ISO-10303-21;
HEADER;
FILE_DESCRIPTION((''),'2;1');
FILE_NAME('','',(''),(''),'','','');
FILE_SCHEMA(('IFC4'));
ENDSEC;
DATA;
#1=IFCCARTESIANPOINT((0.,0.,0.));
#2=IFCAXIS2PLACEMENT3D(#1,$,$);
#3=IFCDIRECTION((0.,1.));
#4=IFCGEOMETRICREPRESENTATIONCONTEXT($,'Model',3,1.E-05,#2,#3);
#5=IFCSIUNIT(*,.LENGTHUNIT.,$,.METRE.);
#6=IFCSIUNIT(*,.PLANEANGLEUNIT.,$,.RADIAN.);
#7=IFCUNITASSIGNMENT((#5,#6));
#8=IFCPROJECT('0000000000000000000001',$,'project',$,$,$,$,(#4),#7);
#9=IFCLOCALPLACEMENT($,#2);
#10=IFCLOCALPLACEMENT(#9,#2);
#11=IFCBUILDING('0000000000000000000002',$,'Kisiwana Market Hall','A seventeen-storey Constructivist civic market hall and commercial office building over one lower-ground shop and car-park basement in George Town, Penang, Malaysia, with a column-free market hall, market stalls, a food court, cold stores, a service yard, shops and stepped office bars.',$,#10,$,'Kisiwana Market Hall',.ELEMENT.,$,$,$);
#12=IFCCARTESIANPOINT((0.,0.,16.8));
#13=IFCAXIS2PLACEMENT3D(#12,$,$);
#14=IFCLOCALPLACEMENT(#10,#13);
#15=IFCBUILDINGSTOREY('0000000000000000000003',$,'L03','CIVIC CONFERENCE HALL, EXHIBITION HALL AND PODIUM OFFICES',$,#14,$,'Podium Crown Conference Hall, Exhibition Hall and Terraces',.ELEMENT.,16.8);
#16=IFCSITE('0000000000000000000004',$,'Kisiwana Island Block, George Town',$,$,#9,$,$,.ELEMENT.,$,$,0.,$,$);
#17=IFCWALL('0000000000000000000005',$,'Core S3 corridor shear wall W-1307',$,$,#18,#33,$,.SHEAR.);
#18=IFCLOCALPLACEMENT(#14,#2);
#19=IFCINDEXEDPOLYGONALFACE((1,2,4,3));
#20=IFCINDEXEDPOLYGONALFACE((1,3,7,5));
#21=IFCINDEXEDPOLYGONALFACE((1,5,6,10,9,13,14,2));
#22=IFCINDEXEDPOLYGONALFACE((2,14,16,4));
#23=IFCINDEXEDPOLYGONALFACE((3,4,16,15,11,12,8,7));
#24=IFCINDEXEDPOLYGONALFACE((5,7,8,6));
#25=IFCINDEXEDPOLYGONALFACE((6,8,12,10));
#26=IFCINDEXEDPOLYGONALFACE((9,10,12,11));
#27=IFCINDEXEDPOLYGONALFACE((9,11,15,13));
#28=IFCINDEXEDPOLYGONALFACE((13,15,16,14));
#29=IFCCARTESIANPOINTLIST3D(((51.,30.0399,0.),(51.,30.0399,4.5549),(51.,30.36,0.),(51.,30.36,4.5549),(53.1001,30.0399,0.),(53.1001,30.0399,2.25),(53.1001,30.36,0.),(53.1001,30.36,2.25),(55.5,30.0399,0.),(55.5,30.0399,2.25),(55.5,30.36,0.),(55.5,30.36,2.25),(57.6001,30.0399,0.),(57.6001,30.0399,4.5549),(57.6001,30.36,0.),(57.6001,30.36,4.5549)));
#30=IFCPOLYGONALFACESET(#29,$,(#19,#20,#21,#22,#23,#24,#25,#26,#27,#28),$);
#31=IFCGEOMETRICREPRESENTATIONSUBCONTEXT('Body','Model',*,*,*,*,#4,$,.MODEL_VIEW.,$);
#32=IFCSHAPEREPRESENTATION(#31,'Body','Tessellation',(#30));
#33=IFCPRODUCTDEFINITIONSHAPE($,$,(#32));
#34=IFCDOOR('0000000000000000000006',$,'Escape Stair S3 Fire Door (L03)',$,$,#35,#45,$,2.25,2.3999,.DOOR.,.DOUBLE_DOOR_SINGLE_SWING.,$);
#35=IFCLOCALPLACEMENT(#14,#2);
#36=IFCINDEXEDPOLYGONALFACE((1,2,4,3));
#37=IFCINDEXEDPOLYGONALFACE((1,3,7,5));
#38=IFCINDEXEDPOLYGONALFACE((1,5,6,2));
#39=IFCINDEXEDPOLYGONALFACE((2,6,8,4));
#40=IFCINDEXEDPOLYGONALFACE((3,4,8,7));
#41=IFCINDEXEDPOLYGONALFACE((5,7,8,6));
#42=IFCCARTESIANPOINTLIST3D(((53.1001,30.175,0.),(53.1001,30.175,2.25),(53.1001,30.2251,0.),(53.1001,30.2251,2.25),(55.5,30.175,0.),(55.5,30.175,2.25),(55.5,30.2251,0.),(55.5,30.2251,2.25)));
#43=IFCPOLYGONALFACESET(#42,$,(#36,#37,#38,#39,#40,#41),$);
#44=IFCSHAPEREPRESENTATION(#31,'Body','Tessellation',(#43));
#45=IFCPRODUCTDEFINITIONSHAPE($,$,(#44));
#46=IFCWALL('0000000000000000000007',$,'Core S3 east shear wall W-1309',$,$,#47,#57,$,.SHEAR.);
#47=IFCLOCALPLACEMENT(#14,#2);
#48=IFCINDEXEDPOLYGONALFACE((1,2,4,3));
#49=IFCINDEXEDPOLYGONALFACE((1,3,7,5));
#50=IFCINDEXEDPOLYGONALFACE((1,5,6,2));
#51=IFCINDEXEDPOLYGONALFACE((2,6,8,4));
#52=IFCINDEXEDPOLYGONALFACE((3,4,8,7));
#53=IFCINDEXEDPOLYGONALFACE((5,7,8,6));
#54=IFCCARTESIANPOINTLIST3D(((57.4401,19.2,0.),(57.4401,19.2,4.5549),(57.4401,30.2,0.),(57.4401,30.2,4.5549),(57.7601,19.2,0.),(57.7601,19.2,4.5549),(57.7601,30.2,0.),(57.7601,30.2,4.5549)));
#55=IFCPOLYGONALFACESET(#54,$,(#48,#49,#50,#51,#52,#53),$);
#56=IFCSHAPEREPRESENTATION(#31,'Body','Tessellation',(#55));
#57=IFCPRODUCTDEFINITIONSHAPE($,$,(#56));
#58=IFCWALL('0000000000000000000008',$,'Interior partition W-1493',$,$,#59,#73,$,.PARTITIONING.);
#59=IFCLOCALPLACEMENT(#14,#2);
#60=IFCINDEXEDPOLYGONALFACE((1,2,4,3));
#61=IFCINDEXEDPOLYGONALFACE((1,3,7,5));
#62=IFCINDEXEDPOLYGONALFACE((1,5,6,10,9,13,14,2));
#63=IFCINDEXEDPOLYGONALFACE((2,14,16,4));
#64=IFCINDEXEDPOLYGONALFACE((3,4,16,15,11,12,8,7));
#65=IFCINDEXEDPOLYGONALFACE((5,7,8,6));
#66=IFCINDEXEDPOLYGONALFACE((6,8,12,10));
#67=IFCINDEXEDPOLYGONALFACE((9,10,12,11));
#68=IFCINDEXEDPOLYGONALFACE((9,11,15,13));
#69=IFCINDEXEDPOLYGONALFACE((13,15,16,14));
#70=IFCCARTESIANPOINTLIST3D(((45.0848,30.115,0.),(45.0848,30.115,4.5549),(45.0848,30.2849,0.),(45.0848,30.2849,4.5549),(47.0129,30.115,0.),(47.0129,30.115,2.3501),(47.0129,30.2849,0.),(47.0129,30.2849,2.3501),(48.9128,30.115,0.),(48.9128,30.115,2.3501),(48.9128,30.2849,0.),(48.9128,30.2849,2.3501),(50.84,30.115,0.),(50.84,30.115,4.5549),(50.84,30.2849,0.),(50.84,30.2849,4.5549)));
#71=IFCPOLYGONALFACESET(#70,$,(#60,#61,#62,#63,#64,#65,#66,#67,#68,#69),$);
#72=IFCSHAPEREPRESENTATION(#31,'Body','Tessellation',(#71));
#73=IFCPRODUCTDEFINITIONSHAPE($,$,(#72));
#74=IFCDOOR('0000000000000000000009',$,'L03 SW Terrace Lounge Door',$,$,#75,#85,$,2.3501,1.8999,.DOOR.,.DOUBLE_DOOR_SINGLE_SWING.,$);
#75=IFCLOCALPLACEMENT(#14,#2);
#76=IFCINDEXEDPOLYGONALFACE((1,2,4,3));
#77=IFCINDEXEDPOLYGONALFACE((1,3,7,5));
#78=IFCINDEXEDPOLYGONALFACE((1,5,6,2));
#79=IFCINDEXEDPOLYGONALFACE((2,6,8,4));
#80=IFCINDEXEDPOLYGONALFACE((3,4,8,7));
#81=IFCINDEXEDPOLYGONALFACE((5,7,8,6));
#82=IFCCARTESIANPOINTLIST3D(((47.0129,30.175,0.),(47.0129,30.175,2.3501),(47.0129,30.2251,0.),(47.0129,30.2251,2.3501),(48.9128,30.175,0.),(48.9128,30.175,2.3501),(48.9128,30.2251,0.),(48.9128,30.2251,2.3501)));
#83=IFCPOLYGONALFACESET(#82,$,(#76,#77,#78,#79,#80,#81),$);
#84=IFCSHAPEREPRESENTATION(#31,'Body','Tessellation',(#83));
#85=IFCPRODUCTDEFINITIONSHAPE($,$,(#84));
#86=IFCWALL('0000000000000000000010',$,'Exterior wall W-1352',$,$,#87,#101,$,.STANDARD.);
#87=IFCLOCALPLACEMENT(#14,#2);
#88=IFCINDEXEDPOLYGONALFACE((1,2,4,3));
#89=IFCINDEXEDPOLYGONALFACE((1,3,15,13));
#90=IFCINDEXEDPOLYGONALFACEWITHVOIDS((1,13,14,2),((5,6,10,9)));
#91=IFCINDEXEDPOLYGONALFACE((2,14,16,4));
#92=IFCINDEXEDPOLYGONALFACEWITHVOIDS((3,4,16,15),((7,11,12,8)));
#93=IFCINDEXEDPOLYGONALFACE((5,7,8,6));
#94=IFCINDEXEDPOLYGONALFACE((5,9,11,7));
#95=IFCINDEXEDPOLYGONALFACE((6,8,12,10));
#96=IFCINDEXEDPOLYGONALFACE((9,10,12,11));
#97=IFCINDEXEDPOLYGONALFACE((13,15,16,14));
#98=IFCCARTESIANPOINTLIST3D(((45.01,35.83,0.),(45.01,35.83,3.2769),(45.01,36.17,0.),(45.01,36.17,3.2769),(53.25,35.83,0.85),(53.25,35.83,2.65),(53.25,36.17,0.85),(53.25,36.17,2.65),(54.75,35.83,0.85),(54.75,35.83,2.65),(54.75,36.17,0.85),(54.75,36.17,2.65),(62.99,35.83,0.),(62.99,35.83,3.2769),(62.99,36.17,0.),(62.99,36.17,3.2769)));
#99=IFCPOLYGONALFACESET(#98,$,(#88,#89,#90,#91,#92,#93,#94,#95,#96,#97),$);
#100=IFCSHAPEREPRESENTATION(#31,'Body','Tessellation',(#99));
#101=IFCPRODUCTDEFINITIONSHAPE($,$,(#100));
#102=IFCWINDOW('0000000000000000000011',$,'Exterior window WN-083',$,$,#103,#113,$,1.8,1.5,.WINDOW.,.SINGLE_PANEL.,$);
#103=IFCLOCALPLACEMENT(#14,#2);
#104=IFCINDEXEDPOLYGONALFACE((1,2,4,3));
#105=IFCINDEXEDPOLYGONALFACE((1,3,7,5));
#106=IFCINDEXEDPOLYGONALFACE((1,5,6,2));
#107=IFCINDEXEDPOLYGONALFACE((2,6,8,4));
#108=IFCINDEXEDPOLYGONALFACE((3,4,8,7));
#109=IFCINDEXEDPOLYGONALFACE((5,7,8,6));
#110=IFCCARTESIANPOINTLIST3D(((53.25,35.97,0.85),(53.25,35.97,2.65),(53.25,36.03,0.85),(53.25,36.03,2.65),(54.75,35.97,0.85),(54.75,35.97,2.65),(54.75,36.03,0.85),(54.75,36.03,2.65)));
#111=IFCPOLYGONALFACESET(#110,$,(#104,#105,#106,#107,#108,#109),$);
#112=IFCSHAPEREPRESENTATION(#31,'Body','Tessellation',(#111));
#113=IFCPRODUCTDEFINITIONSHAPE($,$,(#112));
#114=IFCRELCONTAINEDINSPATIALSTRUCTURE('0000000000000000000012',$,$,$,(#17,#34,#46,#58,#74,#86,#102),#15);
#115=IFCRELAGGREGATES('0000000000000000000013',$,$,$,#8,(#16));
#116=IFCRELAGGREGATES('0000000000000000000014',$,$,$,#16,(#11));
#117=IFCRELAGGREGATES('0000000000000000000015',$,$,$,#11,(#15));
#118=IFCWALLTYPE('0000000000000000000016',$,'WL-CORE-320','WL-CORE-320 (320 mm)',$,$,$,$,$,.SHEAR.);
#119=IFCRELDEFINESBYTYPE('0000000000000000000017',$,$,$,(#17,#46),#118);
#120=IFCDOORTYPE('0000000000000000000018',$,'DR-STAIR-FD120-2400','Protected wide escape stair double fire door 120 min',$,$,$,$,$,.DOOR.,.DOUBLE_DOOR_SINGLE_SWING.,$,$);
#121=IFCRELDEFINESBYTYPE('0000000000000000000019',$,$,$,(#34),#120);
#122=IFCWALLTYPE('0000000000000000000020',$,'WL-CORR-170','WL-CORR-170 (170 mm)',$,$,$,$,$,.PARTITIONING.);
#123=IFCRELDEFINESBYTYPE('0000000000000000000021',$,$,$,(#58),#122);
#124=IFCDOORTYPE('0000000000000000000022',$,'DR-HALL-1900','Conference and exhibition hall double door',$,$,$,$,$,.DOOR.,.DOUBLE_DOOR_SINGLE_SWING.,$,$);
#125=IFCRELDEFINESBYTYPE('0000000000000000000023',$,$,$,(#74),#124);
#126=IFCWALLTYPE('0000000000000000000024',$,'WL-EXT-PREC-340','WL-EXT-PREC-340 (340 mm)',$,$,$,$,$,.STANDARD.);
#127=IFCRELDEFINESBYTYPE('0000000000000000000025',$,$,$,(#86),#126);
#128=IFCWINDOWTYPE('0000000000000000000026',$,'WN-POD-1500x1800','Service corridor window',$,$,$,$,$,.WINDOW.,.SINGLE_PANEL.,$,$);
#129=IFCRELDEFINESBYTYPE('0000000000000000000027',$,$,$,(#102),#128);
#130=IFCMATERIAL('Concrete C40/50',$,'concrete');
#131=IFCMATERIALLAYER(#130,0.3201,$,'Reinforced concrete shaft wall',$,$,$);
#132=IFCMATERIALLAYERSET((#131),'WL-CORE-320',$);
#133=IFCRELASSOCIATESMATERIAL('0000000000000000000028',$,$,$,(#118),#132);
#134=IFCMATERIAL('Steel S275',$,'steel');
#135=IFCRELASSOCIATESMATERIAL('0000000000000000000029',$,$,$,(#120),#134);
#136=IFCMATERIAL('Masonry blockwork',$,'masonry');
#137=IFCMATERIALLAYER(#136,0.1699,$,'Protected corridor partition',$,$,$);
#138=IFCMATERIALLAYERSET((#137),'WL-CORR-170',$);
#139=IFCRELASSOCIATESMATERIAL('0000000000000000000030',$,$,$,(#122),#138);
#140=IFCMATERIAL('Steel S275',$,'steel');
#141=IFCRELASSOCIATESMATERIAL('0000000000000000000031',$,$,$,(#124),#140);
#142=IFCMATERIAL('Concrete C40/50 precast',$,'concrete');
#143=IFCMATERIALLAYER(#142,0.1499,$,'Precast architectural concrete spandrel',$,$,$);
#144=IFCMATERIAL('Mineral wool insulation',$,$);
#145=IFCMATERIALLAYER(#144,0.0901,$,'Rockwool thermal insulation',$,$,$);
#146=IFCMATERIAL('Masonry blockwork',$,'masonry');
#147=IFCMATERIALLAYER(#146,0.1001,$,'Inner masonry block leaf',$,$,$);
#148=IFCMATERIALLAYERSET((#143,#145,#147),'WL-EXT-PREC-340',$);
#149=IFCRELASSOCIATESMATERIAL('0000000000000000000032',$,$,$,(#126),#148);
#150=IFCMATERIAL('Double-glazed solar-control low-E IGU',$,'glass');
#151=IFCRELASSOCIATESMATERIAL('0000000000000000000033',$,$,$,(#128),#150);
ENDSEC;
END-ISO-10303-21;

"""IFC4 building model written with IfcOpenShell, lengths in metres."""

from ifc_helpers import new_model, si_unit, direction, frame, frame_2d, origin, place, context, subcontext, project, spatial, rectangle, extrude, material, layer, layer_set, type_object, element, fill, save


model = new_model("IFC4")

# Units and contexts
model_context = context("Model", 3, precision=1e-05, world=origin(), true_north=direction((0.0, 1.0)))
body_context = subcontext(model_context, "Body", "Model", "MODEL_VIEW")
ifc_project = project(units=[si_unit("LENGTHUNIT", "METRE"), si_unit("PLANEANGLEUNIT", "RADIAN")], contexts=[model_context])

# Site, building, storey
site_placement = place(None, origin())
site = spatial("IfcSite", under=ifc_project, at=site_placement, Name="Kisiwana Island Block, George Town", CompositionType="ELEMENT", RefElevation=0.0)
building_placement = place(site_placement, origin())
building = spatial("IfcBuilding", under=site, at=building_placement, Name="Kisiwana Market Hall", Description="A seventeen-storey Constructivist civic market hall and commercial office building over one lower-ground shop and car-park basement in George Town, Penang, Malaysia, with a column-free market hall, market stalls, a food court, cold stores, a service yard, shops and stepped office bars.", LongName="Kisiwana Market Hall", CompositionType="ELEMENT")
storey_placement = place(building_placement, frame((0.0, 0.0, 16.8)))
storey = spatial("IfcBuildingStorey", under=building, at=storey_placement, Name="L03", Description="CIVIC CONFERENCE HALL, EXHIBITION HALL AND PODIUM OFFICES", LongName="Podium Crown Conference Hall, Exhibition Hall and Terraces", CompositionType="ELEMENT", Elevation=16.8)

# Wall, opening, door
ifc_material_1 = material(Name="Concrete C40/50", Category="concrete")
ifc_layer_1 = layer(ifc_material_1, 0.3201, Name="Reinforced concrete shaft wall")
ifc_layer_set_1 = layer_set([ifc_layer_1], Name="WL-CORE-320")
wall_type_1 = type_object("IfcWallType", Name="WL-CORE-320", Description="WL-CORE-320 (320 mm)", PredefinedType="SHEAR", material=ifc_layer_set_1)
wall_1_placement = place(storey_placement, frame((51.0, 30.2, 0.0), z_axis=(0.0, 0.0, 1.0), x_axis=(1.0, 0.0, 0.0)))
wall_1 = element("IfcWall", 1, at=wall_1_placement, inside=storey, type_object=wall_type_1, Name="Core S3 corridor shear wall W-1307", PredefinedType="SHEAR", context=body_context, shape_type="SweptSolid", body=[
    extrude(rectangle(XDim=6.6001, YDim=0.3201, at=frame_2d((3.3, 0.0))), origin(), (0.0, 0.0, 1.0), 4.5549),
])
opening_1_placement = place(wall_1_placement, frame((2.1001, 0.0, 0.0)))
opening_1 = element("IfcOpeningElement", 2, at=opening_1_placement, cuts=wall_1, PredefinedType="OPENING", context=body_context, shape_type="SweptSolid", body=[
    extrude(rectangle(XDim=2.3999, YDim=2.25, at=frame_2d((1.2, 1.125))), frame((0.0, 0.1719, 0.0), z_axis=(0.0, -1.0, 0.0), x_axis=(1.0, 0.0, 0.0)), (0.0, 0.0, 1.0), 0.344),
])
ifc_material_2 = material(Name="Steel S275", Category="steel")
door_type_1 = type_object("IfcDoorType", Name="DR-STAIR-FD120-2400", Description="Protected wide escape stair double fire door 120 min", OperationType="DOUBLE_DOOR_SINGLE_SWING", PredefinedType="DOOR", material=ifc_material_2)
door_1_placement = place(opening_1_placement, frame((2.3999, 0.0, 0.0), z_axis=(0.0, 0.0, 1.0), x_axis=(-1.0, 0.0, 0.0)))
door_1 = element("IfcDoor", 3, at=door_1_placement, inside=storey, type_object=door_type_1, Name="Escape Stair S3 Fire Door (L03)", OperationType="DOUBLE_DOOR_SINGLE_SWING", OverallHeight=2.25, OverallWidth=2.3999, PredefinedType="DOOR", context=body_context, shape_type="SweptSolid", body=[
    extrude(rectangle(XDim=2.3999, YDim=2.25, at=frame_2d((1.2, 1.125))), frame((0.0, 0.0249, 0.0), z_axis=(0.0, -1.0, 0.0), x_axis=(1.0, 0.0, 0.0)), (0.0, 0.0, 1.0), 0.05),
])
fill(opening_1, door_1)

# Wall
wall_2_placement = place(storey_placement, frame((57.6001, 19.2, 0.0), z_axis=(0.0, 0.0, 1.0), x_axis=(0.0, 1.0, 0.0)))
element("IfcWall", 4, at=wall_2_placement, inside=storey, type_object=wall_type_1, Name="Core S3 east shear wall W-1309", PredefinedType="SHEAR", context=body_context, shape_type="SweptSolid", body=[
    extrude(rectangle(XDim=11.0, YDim=0.3201, at=frame_2d((5.5, 0.0))), origin(), (0.0, 0.0, 1.0), 4.5549),
])

# Wall, opening, door
ifc_material_3 = material(Name="Masonry blockwork", Category="masonry")
ifc_layer_2 = layer(ifc_material_3, 0.1699, Name="Protected corridor partition")
ifc_layer_set_2 = layer_set([ifc_layer_2], Name="WL-CORR-170")
wall_type_2 = type_object("IfcWallType", Name="WL-CORR-170", Description="WL-CORR-170 (170 mm)", PredefinedType="PARTITIONING", material=ifc_layer_set_2)
wall_3_placement = place(storey_placement, frame((45.085, 30.2, 0.0), z_axis=(0.0, 0.0, 1.0), x_axis=(1.0, 0.0, 0.0)))
wall_3 = element("IfcWall", 5, at=wall_3_placement, inside=storey, type_object=wall_type_2, Name="Interior partition W-1493", PredefinedType="PARTITIONING", context=body_context, shape_type="SweptSolid", body=[
    extrude(rectangle(XDim=5.7551, YDim=0.1699, at=frame_2d((2.8774, 0.0))), origin(), (0.0, 0.0, 1.0), 4.5549),
])
opening_2_placement = place(wall_3_placement, frame((1.928, 0.0, 0.0)))
opening_2 = element("IfcOpeningElement", 6, at=opening_2_placement, cuts=wall_3, PredefinedType="OPENING", context=body_context, shape_type="SweptSolid", body=[
    extrude(rectangle(XDim=1.8999, YDim=2.3501, at=frame_2d((0.95, 1.175))), frame((0.0, 0.0969, 0.0), z_axis=(0.0, -1.0, 0.0), x_axis=(1.0, 0.0, 0.0)), (0.0, 0.0, 1.0), 0.1938),
])
ifc_material_4 = material(Name="Steel S275", Category="steel")
door_type_2 = type_object("IfcDoorType", Name="DR-HALL-1900", Description="Conference and exhibition hall double door", OperationType="DOUBLE_DOOR_SINGLE_SWING", PredefinedType="DOOR", material=ifc_material_4)
door_2_placement = place(opening_2_placement, frame((1.8999, 0.0, 0.0), z_axis=(0.0, 0.0, 1.0), x_axis=(-1.0, 0.0, 0.0)))
door_2 = element("IfcDoor", 7, at=door_2_placement, inside=storey, type_object=door_type_2, Name="L03 SW Terrace Lounge Door", OperationType="DOUBLE_DOOR_SINGLE_SWING", OverallHeight=2.3501, OverallWidth=1.8999, PredefinedType="DOOR", context=body_context, shape_type="SweptSolid", body=[
    extrude(rectangle(XDim=1.8999, YDim=2.3501, at=frame_2d((0.95, 1.175))), frame((0.0, 0.0249, 0.0), z_axis=(0.0, -1.0, 0.0), x_axis=(1.0, 0.0, 0.0)), (0.0, 0.0, 1.0), 0.05),
])
fill(opening_2, door_2)

# Wall, opening, window
ifc_material_5 = material(Name="Concrete C40/50 precast", Category="concrete")
ifc_layer_3 = layer(ifc_material_5, 0.1499, Name="Precast architectural concrete spandrel")
ifc_material_6 = material(Name="Mineral wool insulation")
ifc_layer_4 = layer(ifc_material_6, 0.0901, Name="Rockwool thermal insulation")
ifc_material_7 = material(Name="Masonry blockwork", Category="masonry")
ifc_layer_5 = layer(ifc_material_7, 0.1001, Name="Inner masonry block leaf")
ifc_layer_set_3 = layer_set([ifc_layer_3, ifc_layer_4, ifc_layer_5], Name="WL-EXT-PREC-340")
wall_type_3 = type_object("IfcWallType", Name="WL-EXT-PREC-340", Description="WL-EXT-PREC-340 (340 mm)", PredefinedType="STANDARD", material=ifc_layer_set_3)
wall_4_placement = place(storey_placement, frame((45.01, 36.0, 0.0), z_axis=(0.0, 0.0, 1.0), x_axis=(1.0, 0.0, 0.0)))
wall_4 = element("IfcWall", 8, at=wall_4_placement, inside=storey, type_object=wall_type_3, Name="Exterior wall W-1352", PredefinedType="STANDARD", context=body_context, shape_type="SweptSolid", body=[
    extrude(rectangle(XDim=17.98, YDim=0.3401, at=frame_2d((8.99, 0.0))), origin(), (0.0, 0.0, 1.0), 3.2769),
])
opening_3_placement = place(wall_4_placement, frame((8.24, 0.0, 0.8501)))
opening_3 = element("IfcOpeningElement", 9, at=opening_3_placement, cuts=wall_4, PredefinedType="OPENING", context=body_context, shape_type="SweptSolid", body=[
    extrude(rectangle(XDim=1.5, YDim=1.8, at=frame_2d((0.75, 0.8999))), frame((0.0, 0.1821, 0.0), z_axis=(0.0, -1.0, 0.0), x_axis=(1.0, 0.0, 0.0)), (0.0, 0.0, 1.0), 0.364),
])
ifc_material_8 = material(Name="Double-glazed solar-control low-E IGU", Category="glass")
window_type = type_object("IfcWindowType", Name="WN-POD-1500x1800", Description="Service corridor window", PartitioningType="SINGLE_PANEL", PredefinedType="WINDOW", material=ifc_material_8)
window_placement = place(opening_3_placement, origin())
window = element("IfcWindow", 10, at=window_placement, inside=storey, type_object=window_type, Name="Exterior window WN-083", OverallHeight=1.8, OverallWidth=1.5, PartitioningType="SINGLE_PANEL", PredefinedType="WINDOW", context=body_context, shape_type="SweptSolid", body=[
    extrude(rectangle(XDim=1.5, YDim=1.8, at=frame_2d((0.75, 0.8999))), frame((0.0, 0.03, 0.0), z_axis=(0.0, -1.0, 0.0), x_axis=(1.0, 0.0, 0.0)), (0.0, 0.0, 1.0), 0.0601),
])
fill(opening_3, window)

save(model, "model.ifc")
